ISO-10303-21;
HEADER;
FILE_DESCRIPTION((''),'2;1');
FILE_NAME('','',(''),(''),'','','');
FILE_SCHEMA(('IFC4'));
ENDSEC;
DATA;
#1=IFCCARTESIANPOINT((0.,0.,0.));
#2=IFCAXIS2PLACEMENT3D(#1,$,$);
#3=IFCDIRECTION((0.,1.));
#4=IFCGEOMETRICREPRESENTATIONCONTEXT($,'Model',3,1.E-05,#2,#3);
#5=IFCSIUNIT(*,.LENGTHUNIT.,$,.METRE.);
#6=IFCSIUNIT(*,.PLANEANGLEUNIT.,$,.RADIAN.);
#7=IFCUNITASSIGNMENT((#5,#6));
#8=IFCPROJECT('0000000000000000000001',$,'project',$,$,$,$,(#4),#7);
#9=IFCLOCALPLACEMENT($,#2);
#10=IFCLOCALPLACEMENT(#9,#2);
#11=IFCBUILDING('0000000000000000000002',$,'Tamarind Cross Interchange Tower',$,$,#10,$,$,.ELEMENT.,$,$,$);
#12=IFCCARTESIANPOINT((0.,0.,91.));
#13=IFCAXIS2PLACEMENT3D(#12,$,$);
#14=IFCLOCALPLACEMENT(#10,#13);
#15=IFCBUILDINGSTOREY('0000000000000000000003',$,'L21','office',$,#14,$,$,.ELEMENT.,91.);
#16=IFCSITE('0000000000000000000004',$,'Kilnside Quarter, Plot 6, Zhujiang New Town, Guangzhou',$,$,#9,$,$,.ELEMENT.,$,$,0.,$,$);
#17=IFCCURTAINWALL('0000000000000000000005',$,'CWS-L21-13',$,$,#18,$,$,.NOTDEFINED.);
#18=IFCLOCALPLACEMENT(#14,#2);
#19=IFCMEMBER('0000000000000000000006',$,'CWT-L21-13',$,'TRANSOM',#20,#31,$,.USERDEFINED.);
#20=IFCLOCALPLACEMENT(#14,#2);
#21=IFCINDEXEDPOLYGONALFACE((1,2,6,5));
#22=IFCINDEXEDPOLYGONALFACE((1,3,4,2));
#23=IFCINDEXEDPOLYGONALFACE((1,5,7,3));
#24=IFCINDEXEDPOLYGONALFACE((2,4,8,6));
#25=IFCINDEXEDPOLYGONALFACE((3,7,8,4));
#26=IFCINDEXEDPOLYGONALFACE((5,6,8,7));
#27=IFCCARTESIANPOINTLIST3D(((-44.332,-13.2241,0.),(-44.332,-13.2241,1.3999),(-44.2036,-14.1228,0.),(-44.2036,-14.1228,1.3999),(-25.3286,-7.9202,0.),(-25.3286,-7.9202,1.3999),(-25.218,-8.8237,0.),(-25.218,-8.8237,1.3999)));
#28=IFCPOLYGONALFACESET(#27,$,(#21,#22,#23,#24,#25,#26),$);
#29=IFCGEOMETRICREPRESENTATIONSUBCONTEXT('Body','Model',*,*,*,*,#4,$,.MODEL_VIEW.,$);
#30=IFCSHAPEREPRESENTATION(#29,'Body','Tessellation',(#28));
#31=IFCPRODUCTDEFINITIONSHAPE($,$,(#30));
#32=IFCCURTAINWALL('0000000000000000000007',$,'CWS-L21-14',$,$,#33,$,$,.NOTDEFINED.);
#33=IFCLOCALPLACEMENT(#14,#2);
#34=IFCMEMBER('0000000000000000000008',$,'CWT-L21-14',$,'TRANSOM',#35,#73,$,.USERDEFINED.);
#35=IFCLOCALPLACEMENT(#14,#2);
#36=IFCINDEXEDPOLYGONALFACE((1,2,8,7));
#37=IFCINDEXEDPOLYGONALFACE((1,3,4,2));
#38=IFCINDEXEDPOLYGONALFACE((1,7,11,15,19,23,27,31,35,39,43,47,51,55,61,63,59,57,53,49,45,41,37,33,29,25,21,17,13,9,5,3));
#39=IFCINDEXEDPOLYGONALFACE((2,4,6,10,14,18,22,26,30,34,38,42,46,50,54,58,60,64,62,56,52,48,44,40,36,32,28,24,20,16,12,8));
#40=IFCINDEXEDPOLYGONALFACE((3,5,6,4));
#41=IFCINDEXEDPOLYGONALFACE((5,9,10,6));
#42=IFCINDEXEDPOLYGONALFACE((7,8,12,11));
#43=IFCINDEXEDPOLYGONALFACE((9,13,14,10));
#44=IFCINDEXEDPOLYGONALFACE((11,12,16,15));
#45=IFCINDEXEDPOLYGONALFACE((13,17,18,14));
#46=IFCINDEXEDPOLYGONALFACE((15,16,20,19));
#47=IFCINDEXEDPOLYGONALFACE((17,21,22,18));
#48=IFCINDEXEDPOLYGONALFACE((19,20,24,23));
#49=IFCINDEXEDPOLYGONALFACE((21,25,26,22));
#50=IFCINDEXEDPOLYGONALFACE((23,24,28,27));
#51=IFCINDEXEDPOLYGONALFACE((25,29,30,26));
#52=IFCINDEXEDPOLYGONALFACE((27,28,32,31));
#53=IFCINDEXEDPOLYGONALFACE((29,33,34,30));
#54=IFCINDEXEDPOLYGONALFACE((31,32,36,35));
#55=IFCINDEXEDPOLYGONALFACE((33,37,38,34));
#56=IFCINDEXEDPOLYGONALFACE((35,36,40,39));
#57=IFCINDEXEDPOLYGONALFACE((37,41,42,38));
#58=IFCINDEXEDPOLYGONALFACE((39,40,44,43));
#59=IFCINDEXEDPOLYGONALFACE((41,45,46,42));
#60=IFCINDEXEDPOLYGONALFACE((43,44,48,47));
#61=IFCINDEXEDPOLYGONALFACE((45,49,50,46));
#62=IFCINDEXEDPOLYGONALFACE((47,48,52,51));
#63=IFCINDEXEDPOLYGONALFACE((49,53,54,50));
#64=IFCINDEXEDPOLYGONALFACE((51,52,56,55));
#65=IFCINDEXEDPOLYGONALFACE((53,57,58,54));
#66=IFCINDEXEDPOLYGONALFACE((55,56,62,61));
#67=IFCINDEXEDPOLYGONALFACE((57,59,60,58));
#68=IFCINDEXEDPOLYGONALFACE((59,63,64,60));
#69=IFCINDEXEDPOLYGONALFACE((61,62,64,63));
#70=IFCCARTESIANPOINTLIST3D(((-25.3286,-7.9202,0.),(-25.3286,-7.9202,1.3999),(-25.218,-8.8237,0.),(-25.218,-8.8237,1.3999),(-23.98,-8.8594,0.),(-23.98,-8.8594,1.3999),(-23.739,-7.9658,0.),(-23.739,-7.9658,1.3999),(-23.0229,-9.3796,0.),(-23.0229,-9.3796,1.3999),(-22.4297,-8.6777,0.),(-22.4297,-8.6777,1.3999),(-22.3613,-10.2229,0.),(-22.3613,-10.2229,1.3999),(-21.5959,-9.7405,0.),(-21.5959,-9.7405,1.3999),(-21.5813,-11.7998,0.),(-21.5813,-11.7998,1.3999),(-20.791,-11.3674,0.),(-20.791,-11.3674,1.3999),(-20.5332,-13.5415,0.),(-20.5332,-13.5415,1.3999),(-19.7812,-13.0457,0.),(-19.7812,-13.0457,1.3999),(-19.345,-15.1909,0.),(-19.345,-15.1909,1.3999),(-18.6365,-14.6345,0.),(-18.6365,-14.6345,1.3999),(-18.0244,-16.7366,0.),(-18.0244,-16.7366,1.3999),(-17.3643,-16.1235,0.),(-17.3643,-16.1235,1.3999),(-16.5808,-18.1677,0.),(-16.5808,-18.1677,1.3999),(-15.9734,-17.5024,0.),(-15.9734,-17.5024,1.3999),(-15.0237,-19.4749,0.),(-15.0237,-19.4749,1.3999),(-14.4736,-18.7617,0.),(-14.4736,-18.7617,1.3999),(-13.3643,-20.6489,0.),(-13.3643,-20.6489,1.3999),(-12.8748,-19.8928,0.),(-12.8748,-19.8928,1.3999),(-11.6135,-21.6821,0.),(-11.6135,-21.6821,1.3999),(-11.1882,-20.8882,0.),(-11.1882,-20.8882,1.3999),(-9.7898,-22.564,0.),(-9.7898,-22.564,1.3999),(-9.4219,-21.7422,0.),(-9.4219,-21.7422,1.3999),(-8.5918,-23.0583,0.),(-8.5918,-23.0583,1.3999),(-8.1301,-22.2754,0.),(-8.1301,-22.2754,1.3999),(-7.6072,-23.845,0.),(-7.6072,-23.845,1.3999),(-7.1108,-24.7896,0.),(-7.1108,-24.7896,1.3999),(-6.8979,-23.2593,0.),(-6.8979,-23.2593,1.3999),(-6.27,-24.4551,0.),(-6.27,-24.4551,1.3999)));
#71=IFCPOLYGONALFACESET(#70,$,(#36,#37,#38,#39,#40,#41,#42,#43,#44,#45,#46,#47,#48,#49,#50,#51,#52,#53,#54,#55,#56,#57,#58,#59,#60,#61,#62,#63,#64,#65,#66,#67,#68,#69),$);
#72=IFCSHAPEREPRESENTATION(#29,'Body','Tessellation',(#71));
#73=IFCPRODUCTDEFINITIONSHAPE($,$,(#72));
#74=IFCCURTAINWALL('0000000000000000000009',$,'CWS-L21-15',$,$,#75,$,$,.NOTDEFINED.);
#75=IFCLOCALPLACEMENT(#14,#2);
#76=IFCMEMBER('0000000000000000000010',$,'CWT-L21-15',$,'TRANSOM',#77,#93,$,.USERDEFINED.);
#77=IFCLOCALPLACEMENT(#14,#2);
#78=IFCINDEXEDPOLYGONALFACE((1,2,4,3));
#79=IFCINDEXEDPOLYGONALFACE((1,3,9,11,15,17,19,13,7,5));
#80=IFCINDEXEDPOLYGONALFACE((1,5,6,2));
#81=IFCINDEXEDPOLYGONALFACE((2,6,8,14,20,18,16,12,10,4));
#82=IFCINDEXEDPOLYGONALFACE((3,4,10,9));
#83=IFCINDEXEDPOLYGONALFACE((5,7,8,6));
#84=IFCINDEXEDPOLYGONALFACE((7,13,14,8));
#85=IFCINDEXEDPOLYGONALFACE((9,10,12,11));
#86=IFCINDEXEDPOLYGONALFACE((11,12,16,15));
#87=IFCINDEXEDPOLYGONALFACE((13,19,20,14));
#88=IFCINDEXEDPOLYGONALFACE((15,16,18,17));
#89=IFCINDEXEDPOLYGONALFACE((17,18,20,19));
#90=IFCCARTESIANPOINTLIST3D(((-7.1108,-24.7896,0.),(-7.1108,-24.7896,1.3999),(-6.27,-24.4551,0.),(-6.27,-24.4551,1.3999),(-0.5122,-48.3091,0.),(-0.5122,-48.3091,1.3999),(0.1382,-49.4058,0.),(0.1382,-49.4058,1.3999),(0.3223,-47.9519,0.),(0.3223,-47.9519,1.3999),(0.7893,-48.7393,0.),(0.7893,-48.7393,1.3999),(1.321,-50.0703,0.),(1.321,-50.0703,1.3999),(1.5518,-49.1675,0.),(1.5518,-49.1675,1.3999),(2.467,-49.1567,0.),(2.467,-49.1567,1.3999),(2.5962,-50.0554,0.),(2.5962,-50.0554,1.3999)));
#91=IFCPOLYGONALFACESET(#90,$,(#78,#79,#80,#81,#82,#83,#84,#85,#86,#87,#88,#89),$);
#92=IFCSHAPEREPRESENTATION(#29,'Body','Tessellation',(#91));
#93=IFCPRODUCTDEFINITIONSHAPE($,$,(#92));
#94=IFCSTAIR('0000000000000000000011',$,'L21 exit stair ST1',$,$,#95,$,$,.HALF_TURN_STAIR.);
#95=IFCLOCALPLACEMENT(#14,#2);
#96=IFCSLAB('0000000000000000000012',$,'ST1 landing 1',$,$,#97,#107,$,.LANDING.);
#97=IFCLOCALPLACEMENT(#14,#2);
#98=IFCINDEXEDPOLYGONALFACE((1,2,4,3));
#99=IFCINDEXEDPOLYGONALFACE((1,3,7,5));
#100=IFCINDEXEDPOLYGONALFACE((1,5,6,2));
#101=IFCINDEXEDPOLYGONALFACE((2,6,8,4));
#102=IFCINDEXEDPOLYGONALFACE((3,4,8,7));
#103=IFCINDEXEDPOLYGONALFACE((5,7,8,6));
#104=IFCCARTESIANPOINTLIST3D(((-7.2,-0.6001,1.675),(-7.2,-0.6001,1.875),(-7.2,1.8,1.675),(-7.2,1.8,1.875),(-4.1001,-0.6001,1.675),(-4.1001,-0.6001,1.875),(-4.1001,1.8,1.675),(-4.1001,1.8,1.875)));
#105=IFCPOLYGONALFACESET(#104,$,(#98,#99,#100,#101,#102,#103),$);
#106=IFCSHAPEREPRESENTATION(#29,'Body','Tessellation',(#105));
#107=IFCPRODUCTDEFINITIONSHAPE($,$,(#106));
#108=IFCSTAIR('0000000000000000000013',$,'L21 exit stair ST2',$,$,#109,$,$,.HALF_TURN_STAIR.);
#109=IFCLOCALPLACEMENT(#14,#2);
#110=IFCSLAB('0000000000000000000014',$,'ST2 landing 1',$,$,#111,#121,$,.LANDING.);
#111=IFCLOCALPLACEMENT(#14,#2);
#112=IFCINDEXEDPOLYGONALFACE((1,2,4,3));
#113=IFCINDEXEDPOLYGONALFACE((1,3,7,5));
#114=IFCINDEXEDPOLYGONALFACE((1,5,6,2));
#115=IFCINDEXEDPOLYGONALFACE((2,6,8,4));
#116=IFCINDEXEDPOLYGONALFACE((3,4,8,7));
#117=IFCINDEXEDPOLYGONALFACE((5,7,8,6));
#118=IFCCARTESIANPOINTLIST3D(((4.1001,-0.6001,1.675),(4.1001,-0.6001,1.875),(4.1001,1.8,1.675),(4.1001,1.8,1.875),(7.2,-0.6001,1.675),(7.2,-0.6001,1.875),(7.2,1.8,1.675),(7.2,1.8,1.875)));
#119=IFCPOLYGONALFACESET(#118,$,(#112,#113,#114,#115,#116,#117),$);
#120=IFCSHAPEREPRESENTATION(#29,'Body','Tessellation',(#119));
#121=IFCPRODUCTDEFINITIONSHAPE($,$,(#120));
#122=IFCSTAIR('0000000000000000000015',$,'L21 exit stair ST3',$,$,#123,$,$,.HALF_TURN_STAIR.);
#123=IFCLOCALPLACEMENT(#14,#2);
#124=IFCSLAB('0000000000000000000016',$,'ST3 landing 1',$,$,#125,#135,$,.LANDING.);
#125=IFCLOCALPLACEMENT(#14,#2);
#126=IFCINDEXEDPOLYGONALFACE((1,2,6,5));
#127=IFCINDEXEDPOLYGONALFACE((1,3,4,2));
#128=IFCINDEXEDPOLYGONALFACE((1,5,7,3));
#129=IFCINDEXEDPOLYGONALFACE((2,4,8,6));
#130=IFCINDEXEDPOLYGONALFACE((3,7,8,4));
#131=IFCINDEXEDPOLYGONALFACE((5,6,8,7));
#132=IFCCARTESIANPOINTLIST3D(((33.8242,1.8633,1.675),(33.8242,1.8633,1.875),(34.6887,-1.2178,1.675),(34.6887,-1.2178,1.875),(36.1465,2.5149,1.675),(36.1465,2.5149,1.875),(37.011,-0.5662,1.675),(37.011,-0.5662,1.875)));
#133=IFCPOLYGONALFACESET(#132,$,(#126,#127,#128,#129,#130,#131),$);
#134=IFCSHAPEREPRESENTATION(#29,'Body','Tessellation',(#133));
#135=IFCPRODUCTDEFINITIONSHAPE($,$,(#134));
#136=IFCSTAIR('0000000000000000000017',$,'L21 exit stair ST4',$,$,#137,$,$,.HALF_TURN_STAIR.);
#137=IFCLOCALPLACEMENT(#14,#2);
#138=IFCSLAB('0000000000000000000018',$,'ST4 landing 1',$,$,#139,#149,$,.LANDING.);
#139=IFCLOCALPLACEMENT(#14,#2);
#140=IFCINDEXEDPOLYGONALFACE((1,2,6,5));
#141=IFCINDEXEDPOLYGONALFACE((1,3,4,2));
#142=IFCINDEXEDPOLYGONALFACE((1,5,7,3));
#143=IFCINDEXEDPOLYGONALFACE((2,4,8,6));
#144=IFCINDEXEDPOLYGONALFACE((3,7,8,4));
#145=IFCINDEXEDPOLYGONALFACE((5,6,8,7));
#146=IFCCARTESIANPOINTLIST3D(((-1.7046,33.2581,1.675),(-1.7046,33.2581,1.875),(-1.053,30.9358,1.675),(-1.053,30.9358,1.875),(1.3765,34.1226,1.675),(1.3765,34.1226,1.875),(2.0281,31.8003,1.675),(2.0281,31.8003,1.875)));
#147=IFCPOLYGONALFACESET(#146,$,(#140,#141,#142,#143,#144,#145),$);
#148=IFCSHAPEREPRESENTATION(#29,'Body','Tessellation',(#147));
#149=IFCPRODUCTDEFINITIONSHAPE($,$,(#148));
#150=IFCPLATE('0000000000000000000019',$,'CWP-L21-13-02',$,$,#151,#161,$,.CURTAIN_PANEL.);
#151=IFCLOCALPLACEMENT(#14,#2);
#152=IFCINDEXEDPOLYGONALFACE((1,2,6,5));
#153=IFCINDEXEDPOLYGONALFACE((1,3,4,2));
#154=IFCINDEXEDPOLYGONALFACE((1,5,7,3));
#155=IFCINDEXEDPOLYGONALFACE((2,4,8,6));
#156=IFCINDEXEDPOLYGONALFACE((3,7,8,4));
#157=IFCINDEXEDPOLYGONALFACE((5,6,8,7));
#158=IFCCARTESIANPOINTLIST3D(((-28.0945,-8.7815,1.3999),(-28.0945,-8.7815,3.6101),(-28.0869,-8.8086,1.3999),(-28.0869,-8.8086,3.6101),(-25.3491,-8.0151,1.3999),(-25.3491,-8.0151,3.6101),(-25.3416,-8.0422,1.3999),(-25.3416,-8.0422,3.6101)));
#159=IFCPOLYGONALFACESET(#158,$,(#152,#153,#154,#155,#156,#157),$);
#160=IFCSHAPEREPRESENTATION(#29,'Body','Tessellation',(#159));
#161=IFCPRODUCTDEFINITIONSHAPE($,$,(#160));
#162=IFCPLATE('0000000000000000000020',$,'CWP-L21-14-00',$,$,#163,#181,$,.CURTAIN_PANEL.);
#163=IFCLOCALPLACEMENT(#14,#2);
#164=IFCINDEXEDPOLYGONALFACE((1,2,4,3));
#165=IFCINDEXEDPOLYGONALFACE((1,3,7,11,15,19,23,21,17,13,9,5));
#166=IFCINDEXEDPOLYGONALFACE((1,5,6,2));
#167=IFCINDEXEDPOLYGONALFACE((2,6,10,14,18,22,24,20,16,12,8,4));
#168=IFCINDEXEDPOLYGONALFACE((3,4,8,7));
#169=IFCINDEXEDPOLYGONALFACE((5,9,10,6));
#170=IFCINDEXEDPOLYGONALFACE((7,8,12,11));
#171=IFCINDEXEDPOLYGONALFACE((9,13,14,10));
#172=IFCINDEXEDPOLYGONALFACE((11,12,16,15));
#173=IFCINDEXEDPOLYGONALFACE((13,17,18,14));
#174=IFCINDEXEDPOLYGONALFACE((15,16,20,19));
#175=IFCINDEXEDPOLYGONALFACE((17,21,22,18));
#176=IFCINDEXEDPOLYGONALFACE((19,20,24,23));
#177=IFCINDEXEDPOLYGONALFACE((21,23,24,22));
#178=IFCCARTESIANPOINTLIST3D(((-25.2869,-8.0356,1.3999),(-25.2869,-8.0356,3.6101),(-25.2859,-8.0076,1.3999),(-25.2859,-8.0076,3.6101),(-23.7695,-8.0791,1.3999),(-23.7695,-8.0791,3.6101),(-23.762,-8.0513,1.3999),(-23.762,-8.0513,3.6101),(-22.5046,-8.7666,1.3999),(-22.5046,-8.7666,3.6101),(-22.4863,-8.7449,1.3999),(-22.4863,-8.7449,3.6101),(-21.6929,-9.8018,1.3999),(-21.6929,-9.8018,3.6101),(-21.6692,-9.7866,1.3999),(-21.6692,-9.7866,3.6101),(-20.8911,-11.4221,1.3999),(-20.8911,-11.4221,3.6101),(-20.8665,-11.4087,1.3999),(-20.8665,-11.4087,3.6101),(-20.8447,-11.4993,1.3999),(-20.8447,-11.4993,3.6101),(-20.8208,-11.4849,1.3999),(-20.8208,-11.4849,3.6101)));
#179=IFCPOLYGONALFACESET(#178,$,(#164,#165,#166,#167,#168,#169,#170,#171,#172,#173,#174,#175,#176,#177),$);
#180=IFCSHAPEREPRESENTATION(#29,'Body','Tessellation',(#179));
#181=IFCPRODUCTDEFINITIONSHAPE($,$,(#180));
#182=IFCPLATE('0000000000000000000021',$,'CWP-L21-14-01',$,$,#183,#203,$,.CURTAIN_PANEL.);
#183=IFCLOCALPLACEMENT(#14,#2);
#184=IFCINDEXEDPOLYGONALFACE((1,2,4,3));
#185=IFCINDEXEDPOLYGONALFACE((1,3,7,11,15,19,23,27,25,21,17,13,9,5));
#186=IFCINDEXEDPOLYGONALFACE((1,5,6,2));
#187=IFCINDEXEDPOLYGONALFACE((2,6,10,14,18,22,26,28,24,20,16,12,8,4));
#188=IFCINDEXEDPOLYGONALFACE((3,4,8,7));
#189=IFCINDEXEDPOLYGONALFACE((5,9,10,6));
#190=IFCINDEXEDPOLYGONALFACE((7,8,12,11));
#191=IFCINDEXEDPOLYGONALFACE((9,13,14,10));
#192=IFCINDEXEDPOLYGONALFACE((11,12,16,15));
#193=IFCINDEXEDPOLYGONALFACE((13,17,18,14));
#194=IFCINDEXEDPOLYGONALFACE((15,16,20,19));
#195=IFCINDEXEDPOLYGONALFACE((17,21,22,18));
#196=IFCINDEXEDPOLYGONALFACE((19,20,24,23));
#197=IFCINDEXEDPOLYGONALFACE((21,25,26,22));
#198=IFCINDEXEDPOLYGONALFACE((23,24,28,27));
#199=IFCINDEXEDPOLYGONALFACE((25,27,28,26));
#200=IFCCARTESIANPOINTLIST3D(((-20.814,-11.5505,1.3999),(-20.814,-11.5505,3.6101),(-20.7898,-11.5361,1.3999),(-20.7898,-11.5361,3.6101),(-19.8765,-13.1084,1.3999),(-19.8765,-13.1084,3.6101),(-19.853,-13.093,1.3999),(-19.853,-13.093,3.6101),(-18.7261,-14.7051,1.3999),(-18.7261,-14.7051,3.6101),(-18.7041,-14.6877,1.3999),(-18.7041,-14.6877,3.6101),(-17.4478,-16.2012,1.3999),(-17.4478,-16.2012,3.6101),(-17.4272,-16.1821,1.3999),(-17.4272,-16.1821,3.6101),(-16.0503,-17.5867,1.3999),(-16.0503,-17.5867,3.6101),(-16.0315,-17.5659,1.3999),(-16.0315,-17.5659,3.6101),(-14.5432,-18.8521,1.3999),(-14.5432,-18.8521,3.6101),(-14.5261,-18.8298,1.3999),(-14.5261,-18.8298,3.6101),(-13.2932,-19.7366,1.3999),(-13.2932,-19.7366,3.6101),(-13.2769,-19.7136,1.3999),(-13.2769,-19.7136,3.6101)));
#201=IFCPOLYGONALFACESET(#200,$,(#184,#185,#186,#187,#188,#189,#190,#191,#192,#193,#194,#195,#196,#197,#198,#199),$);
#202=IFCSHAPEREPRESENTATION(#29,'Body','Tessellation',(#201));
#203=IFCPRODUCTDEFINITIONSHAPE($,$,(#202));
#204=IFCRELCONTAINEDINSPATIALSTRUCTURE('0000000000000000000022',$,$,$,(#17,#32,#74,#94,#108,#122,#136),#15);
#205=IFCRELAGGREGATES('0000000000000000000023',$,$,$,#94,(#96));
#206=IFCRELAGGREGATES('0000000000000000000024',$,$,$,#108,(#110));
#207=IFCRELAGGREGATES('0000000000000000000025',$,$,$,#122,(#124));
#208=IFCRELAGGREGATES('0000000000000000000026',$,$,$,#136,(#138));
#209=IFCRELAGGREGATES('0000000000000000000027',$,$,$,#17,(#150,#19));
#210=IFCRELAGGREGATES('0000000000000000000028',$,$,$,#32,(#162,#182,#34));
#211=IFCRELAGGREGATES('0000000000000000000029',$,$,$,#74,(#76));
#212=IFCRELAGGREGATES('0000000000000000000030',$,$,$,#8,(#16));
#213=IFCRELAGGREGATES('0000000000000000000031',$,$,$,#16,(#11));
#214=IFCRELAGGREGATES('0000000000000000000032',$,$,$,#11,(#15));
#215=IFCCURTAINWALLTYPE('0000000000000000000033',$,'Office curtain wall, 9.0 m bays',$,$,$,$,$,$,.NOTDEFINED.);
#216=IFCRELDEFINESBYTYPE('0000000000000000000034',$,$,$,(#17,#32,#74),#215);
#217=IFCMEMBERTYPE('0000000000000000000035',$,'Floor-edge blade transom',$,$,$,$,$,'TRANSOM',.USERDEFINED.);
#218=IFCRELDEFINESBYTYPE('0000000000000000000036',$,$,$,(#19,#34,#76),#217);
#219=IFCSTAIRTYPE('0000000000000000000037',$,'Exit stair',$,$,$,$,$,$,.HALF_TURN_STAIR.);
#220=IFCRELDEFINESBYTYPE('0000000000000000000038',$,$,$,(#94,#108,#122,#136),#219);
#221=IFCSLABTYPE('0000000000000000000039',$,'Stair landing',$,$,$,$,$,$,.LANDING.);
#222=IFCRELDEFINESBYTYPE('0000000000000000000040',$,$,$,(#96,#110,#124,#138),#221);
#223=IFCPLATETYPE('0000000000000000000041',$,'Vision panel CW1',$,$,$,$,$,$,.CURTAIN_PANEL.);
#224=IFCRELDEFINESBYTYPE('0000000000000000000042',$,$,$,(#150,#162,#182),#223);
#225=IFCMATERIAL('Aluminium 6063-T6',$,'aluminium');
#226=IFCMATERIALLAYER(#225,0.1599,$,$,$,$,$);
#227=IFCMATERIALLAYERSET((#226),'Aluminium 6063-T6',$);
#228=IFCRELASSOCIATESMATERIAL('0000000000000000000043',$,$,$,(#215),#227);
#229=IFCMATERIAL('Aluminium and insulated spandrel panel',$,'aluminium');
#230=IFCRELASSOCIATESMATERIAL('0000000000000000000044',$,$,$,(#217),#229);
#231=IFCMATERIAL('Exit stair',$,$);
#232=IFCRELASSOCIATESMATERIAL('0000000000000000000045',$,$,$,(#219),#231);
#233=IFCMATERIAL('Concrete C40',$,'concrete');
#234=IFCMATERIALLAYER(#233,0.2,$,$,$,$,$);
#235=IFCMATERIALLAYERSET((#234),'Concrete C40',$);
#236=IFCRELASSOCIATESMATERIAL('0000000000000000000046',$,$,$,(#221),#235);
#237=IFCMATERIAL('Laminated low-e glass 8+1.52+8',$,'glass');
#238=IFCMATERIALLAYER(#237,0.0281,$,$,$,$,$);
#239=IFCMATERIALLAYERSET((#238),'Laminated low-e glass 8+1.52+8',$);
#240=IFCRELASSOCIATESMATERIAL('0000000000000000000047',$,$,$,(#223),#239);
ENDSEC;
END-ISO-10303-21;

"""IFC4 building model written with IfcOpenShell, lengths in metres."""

from ifc_helpers import new_model, si_unit, direction, frame, origin, place, context, subcontext, project, spatial, polyline, outline, extrude, material, layer, layer_set, type_object, element, aggregate, save


model = new_model("IFC4")

# Units and contexts
model_context = context("Model", 3, precision=1e-05, world=origin(), true_north=direction((0.0, 1.0)))
body_context = subcontext(model_context, "Body", "Model", "MODEL_VIEW")
ifc_project = project(units=[si_unit("LENGTHUNIT", "METRE"), si_unit("PLANEANGLEUNIT", "RADIAN")], contexts=[model_context])

# Site, building, storey
site_placement = place(None, origin())
site = spatial("IfcSite", under=ifc_project, at=site_placement, Name="Kilnside Quarter, Plot 6, Zhujiang New Town, Guangzhou", CompositionType="ELEMENT", RefElevation=0.0)
building_placement = place(site_placement, origin())
building = spatial("IfcBuilding", under=site, at=building_placement, Name="Tamarind Cross Interchange Tower", CompositionType="ELEMENT")
storey_placement = place(building_placement, frame((0.0, 0.0, 91.0)))
storey = spatial("IfcBuildingStorey", under=building, at=storey_placement, Name="L21", Description="office", CompositionType="ELEMENT", Elevation=91.0)

# Curtain walls, members
ifc_material_1 = material(Name="Aluminium 6063-T6", Category="aluminium")
ifc_layer_1 = layer(ifc_material_1, 0.1599)
ifc_layer_set_1 = layer_set([ifc_layer_1], Name="Aluminium 6063-T6")
curtain_wall_type = type_object("IfcCurtainWallType", Name="Office curtain wall, 9.0 m bays", PredefinedType="NOTDEFINED", material=ifc_layer_set_1)
curtain_wall_1_placement = place(storey_placement, origin())
curtain_wall_1 = element("IfcCurtainWall", 1, at=curtain_wall_1_placement, inside=storey, type_object=curtain_wall_type, Name="CWS-L21-13", PredefinedType="NOTDEFINED")
ifc_material_2 = material(Name="Aluminium and insulated spandrel panel", Category="aluminium")
member_type = type_object("IfcMemberType", Name="Floor-edge blade transom", ElementType="TRANSOM", PredefinedType="USERDEFINED", material=ifc_material_2)
member_1_placement = place(storey_placement, origin())
member_1 = element("IfcMember", 2, at=member_1_placement, type_object=member_type, Name="CWT-L21-13", ObjectType="TRANSOM", PredefinedType="USERDEFINED", context=body_context, shape_type="SweptSolid", body=[
    extrude(outline(polyline([(-44.332, -13.2241), (-25.3286, -7.9202), (-25.218, -8.8237), (-44.2036, -14.1228), (-44.332, -13.2241)])), origin(), (0.0, 0.0, 1.0), 1.3999),
])
curtain_wall_2_placement = place(storey_placement, origin())
curtain_wall_2 = element("IfcCurtainWall", 3, at=curtain_wall_2_placement, inside=storey, type_object=curtain_wall_type, Name="CWS-L21-14", PredefinedType="NOTDEFINED")
member_2_placement = place(storey_placement, origin())
member_2 = element("IfcMember", 4, at=member_2_placement, type_object=member_type, Name="CWT-L21-14", ObjectType="TRANSOM", PredefinedType="USERDEFINED", context=body_context, shape_type="SweptSolid", body=[
    extrude(outline(polyline([(-25.3286, -7.9202), (-23.739, -7.9658), (-22.4297, -8.6777), (-21.5959, -9.7405), (-20.791, -11.3674), (-19.7812, -13.0457), (-18.6365, -14.6345), (-17.3643, -16.1235), (-15.9734, -17.5024), (-14.4736, -18.7617), (-12.8748, -19.8928), (-11.1882, -20.8882), (-9.4219, -21.7422), (-8.1301, -22.2754), (-6.8979, -23.2593), (-6.27, -24.4551), (-7.1108, -24.7896), (-7.6072, -23.845), (-8.5918, -23.0583), (-9.7898, -22.564), (-11.6135, -21.6821), (-13.3643, -20.6489), (-15.0237, -19.4749), (-16.5808, -18.1677), (-18.0244, -16.7366), (-19.345, -15.1909), (-20.5332, -13.5415), (-21.5813, -11.7998), (-22.3613, -10.2229), (-23.0229, -9.3796), (-23.98, -8.8594), (-25.218, -8.8237), (-25.3286, -7.9202)])), origin(), (0.0, 0.0, 1.0), 1.3999),
])
curtain_wall_3_placement = place(storey_placement, origin())
curtain_wall_3 = element("IfcCurtainWall", 5, at=curtain_wall_3_placement, inside=storey, type_object=curtain_wall_type, Name="CWS-L21-15", PredefinedType="NOTDEFINED")
member_3_placement = place(storey_placement, origin())
member_3 = element("IfcMember", 6, at=member_3_placement, type_object=member_type, Name="CWT-L21-15", ObjectType="TRANSOM", PredefinedType="USERDEFINED", context=body_context, shape_type="SweptSolid", body=[
    extrude(outline(polyline([(-6.27, -24.4551), (0.3223, -47.9519), (0.7893, -48.7393), (1.5518, -49.1675), (2.467, -49.1567), (2.5962, -50.0554), (1.321, -50.0703), (0.1382, -49.4058), (-0.5122, -48.3091), (-7.1108, -24.7896), (-6.27, -24.4551)])), origin(), (0.0, 0.0, 1.0), 1.3999),
])

# Stairs, slabs
ifc_material_3 = material(Name="Exit stair")
stair_type = type_object("IfcStairType", Name="Exit stair", PredefinedType="HALF_TURN_STAIR", material=ifc_material_3)
stair_1_placement = place(storey_placement, origin())
stair_1 = element("IfcStair", 7, at=stair_1_placement, inside=storey, type_object=stair_type, Name="L21 exit stair ST1", PredefinedType="HALF_TURN_STAIR")
ifc_material_4 = material(Name="Concrete C40", Category="concrete")
ifc_layer_2 = layer(ifc_material_4, 0.2)
ifc_layer_set_2 = layer_set([ifc_layer_2], Name="Concrete C40")
slab_type = type_object("IfcSlabType", Name="Stair landing", PredefinedType="LANDING", material=ifc_layer_set_2)
slab_1_placement = place(storey_placement, frame((0.0, 0.0, 1.675)))
slab_1 = element("IfcSlab", 8, at=slab_1_placement, type_object=slab_type, Name="ST1 landing 1", PredefinedType="LANDING", context=body_context, shape_type="SweptSolid", body=[
    extrude(outline(polyline([(-4.1001, -0.6001), (-4.1001, 1.8), (-7.2, 1.8), (-7.2, -0.6001), (-4.1001, -0.6001)])), origin(), (0.0, 0.0, 1.0), 0.2),
])
aggregate(stair_1, [slab_1])
stair_2_placement = place(storey_placement, origin())
stair_2 = element("IfcStair", 9, at=stair_2_placement, inside=storey, type_object=stair_type, Name="L21 exit stair ST2", PredefinedType="HALF_TURN_STAIR")
slab_2_placement = place(storey_placement, frame((0.0, 0.0, 1.675)))
slab_2 = element("IfcSlab", 10, at=slab_2_placement, type_object=slab_type, Name="ST2 landing 1", PredefinedType="LANDING", context=body_context, shape_type="SweptSolid", body=[
    extrude(outline(polyline([(7.2, -0.6001), (7.2, 1.8), (4.1001, 1.8), (4.1001, -0.6001), (7.2, -0.6001)])), origin(), (0.0, 0.0, 1.0), 0.2),
])
aggregate(stair_2, [slab_2])
stair_3_placement = place(storey_placement, origin())
stair_3 = element("IfcStair", 11, at=stair_3_placement, inside=storey, type_object=stair_type, Name="L21 exit stair ST3", PredefinedType="HALF_TURN_STAIR")
slab_3_placement = place(storey_placement, frame((0.0, 0.0, 1.675)))
slab_3 = element("IfcSlab", 12, at=slab_3_placement, type_object=slab_type, Name="ST3 landing 1", PredefinedType="LANDING", context=body_context, shape_type="SweptSolid", body=[
    extrude(outline(polyline([(34.6887, -1.2178), (37.011, -0.5662), (36.1465, 2.5149), (33.8242, 1.8633), (34.6887, -1.2178)])), origin(), (0.0, 0.0, 1.0), 0.2),
])
aggregate(stair_3, [slab_3])
stair_4_placement = place(storey_placement, origin())
stair_4 = element("IfcStair", 13, at=stair_4_placement, inside=storey, type_object=stair_type, Name="L21 exit stair ST4", PredefinedType="HALF_TURN_STAIR")
slab_4_placement = place(storey_placement, frame((0.0, 0.0, 1.675)))
slab_4 = element("IfcSlab", 14, at=slab_4_placement, type_object=slab_type, Name="ST4 landing 1", PredefinedType="LANDING", context=body_context, shape_type="SweptSolid", body=[
    extrude(outline(polyline([(2.0281, 31.8003), (1.3765, 34.1226), (-1.7046, 33.2581), (-1.053, 30.9358), (2.0281, 31.8003)])), origin(), (0.0, 0.0, 1.0), 0.2),
])
aggregate(stair_4, [slab_4])

# Plates
ifc_material_5 = material(Name="Laminated low-e glass 8+1.52+8", Category="glass")
ifc_layer_3 = layer(ifc_material_5, 0.0281)
ifc_layer_set_3 = layer_set([ifc_layer_3], Name="Laminated low-e glass 8+1.52+8")
plate_type = type_object("IfcPlateType", Name="Vision panel CW1", PredefinedType="CURTAIN_PANEL", material=ifc_layer_set_3)
plate_1_placement = place(storey_placement, frame((0.0, 0.0, 1.3999)))
plate_1 = element("IfcPlate", 15, at=plate_1_placement, type_object=plate_type, Name="CWP-L21-13-02", PredefinedType="CURTAIN_PANEL", context=body_context, shape_type="SweptSolid", body=[
    extrude(outline(polyline([(-28.0945, -8.7815), (-25.3491, -8.0151), (-25.3416, -8.0422), (-28.0869, -8.8086), (-28.0945, -8.7815)])), origin(), (0.0, 0.0, 1.0), 2.2102),
])
aggregate(curtain_wall_1, [plate_1, member_1])
plate_2_placement = place(storey_placement, frame((0.0, 0.0, 1.3999)))
plate_2 = element("IfcPlate", 16, at=plate_2_placement, type_object=plate_type, Name="CWP-L21-14-00", PredefinedType="CURTAIN_PANEL", context=body_context, shape_type="SweptSolid", body=[
    extrude(outline(polyline([(-25.2859, -8.0076), (-23.762, -8.0513), (-22.4863, -8.7449), (-21.6692, -9.7866), (-20.8665, -11.4087), (-20.8208, -11.4849), (-20.8447, -11.4993), (-20.8911, -11.4221), (-21.6929, -9.8018), (-22.5046, -8.7666), (-23.7695, -8.0791), (-25.2869, -8.0356), (-25.2859, -8.0076)])), origin(), (0.0, 0.0, 1.0), 2.2102),
])
plate_3_placement = place(storey_placement, frame((0.0, 0.0, 1.3999)))
plate_3 = element("IfcPlate", 17, at=plate_3_placement, type_object=plate_type, Name="CWP-L21-14-01", PredefinedType="CURTAIN_PANEL", context=body_context, shape_type="SweptSolid", body=[
    extrude(outline(polyline([(-20.7898, -11.5361), (-19.853, -13.093), (-18.7041, -14.6877), (-17.4272, -16.1821), (-16.0315, -17.5659), (-14.5261, -18.8298), (-13.2769, -19.7136), (-13.2932, -19.7366), (-14.5432, -18.8521), (-16.0503, -17.5867), (-17.4478, -16.2012), (-18.7261, -14.7051), (-19.8765, -13.1084), (-20.814, -11.5505), (-20.7898, -11.5361)])), origin(), (0.0, 0.0, 1.0), 2.2102),
])
aggregate(curtain_wall_2, [plate_2, plate_3, member_2])
aggregate(curtain_wall_3, [member_3])

save(model, "model.ifc")
